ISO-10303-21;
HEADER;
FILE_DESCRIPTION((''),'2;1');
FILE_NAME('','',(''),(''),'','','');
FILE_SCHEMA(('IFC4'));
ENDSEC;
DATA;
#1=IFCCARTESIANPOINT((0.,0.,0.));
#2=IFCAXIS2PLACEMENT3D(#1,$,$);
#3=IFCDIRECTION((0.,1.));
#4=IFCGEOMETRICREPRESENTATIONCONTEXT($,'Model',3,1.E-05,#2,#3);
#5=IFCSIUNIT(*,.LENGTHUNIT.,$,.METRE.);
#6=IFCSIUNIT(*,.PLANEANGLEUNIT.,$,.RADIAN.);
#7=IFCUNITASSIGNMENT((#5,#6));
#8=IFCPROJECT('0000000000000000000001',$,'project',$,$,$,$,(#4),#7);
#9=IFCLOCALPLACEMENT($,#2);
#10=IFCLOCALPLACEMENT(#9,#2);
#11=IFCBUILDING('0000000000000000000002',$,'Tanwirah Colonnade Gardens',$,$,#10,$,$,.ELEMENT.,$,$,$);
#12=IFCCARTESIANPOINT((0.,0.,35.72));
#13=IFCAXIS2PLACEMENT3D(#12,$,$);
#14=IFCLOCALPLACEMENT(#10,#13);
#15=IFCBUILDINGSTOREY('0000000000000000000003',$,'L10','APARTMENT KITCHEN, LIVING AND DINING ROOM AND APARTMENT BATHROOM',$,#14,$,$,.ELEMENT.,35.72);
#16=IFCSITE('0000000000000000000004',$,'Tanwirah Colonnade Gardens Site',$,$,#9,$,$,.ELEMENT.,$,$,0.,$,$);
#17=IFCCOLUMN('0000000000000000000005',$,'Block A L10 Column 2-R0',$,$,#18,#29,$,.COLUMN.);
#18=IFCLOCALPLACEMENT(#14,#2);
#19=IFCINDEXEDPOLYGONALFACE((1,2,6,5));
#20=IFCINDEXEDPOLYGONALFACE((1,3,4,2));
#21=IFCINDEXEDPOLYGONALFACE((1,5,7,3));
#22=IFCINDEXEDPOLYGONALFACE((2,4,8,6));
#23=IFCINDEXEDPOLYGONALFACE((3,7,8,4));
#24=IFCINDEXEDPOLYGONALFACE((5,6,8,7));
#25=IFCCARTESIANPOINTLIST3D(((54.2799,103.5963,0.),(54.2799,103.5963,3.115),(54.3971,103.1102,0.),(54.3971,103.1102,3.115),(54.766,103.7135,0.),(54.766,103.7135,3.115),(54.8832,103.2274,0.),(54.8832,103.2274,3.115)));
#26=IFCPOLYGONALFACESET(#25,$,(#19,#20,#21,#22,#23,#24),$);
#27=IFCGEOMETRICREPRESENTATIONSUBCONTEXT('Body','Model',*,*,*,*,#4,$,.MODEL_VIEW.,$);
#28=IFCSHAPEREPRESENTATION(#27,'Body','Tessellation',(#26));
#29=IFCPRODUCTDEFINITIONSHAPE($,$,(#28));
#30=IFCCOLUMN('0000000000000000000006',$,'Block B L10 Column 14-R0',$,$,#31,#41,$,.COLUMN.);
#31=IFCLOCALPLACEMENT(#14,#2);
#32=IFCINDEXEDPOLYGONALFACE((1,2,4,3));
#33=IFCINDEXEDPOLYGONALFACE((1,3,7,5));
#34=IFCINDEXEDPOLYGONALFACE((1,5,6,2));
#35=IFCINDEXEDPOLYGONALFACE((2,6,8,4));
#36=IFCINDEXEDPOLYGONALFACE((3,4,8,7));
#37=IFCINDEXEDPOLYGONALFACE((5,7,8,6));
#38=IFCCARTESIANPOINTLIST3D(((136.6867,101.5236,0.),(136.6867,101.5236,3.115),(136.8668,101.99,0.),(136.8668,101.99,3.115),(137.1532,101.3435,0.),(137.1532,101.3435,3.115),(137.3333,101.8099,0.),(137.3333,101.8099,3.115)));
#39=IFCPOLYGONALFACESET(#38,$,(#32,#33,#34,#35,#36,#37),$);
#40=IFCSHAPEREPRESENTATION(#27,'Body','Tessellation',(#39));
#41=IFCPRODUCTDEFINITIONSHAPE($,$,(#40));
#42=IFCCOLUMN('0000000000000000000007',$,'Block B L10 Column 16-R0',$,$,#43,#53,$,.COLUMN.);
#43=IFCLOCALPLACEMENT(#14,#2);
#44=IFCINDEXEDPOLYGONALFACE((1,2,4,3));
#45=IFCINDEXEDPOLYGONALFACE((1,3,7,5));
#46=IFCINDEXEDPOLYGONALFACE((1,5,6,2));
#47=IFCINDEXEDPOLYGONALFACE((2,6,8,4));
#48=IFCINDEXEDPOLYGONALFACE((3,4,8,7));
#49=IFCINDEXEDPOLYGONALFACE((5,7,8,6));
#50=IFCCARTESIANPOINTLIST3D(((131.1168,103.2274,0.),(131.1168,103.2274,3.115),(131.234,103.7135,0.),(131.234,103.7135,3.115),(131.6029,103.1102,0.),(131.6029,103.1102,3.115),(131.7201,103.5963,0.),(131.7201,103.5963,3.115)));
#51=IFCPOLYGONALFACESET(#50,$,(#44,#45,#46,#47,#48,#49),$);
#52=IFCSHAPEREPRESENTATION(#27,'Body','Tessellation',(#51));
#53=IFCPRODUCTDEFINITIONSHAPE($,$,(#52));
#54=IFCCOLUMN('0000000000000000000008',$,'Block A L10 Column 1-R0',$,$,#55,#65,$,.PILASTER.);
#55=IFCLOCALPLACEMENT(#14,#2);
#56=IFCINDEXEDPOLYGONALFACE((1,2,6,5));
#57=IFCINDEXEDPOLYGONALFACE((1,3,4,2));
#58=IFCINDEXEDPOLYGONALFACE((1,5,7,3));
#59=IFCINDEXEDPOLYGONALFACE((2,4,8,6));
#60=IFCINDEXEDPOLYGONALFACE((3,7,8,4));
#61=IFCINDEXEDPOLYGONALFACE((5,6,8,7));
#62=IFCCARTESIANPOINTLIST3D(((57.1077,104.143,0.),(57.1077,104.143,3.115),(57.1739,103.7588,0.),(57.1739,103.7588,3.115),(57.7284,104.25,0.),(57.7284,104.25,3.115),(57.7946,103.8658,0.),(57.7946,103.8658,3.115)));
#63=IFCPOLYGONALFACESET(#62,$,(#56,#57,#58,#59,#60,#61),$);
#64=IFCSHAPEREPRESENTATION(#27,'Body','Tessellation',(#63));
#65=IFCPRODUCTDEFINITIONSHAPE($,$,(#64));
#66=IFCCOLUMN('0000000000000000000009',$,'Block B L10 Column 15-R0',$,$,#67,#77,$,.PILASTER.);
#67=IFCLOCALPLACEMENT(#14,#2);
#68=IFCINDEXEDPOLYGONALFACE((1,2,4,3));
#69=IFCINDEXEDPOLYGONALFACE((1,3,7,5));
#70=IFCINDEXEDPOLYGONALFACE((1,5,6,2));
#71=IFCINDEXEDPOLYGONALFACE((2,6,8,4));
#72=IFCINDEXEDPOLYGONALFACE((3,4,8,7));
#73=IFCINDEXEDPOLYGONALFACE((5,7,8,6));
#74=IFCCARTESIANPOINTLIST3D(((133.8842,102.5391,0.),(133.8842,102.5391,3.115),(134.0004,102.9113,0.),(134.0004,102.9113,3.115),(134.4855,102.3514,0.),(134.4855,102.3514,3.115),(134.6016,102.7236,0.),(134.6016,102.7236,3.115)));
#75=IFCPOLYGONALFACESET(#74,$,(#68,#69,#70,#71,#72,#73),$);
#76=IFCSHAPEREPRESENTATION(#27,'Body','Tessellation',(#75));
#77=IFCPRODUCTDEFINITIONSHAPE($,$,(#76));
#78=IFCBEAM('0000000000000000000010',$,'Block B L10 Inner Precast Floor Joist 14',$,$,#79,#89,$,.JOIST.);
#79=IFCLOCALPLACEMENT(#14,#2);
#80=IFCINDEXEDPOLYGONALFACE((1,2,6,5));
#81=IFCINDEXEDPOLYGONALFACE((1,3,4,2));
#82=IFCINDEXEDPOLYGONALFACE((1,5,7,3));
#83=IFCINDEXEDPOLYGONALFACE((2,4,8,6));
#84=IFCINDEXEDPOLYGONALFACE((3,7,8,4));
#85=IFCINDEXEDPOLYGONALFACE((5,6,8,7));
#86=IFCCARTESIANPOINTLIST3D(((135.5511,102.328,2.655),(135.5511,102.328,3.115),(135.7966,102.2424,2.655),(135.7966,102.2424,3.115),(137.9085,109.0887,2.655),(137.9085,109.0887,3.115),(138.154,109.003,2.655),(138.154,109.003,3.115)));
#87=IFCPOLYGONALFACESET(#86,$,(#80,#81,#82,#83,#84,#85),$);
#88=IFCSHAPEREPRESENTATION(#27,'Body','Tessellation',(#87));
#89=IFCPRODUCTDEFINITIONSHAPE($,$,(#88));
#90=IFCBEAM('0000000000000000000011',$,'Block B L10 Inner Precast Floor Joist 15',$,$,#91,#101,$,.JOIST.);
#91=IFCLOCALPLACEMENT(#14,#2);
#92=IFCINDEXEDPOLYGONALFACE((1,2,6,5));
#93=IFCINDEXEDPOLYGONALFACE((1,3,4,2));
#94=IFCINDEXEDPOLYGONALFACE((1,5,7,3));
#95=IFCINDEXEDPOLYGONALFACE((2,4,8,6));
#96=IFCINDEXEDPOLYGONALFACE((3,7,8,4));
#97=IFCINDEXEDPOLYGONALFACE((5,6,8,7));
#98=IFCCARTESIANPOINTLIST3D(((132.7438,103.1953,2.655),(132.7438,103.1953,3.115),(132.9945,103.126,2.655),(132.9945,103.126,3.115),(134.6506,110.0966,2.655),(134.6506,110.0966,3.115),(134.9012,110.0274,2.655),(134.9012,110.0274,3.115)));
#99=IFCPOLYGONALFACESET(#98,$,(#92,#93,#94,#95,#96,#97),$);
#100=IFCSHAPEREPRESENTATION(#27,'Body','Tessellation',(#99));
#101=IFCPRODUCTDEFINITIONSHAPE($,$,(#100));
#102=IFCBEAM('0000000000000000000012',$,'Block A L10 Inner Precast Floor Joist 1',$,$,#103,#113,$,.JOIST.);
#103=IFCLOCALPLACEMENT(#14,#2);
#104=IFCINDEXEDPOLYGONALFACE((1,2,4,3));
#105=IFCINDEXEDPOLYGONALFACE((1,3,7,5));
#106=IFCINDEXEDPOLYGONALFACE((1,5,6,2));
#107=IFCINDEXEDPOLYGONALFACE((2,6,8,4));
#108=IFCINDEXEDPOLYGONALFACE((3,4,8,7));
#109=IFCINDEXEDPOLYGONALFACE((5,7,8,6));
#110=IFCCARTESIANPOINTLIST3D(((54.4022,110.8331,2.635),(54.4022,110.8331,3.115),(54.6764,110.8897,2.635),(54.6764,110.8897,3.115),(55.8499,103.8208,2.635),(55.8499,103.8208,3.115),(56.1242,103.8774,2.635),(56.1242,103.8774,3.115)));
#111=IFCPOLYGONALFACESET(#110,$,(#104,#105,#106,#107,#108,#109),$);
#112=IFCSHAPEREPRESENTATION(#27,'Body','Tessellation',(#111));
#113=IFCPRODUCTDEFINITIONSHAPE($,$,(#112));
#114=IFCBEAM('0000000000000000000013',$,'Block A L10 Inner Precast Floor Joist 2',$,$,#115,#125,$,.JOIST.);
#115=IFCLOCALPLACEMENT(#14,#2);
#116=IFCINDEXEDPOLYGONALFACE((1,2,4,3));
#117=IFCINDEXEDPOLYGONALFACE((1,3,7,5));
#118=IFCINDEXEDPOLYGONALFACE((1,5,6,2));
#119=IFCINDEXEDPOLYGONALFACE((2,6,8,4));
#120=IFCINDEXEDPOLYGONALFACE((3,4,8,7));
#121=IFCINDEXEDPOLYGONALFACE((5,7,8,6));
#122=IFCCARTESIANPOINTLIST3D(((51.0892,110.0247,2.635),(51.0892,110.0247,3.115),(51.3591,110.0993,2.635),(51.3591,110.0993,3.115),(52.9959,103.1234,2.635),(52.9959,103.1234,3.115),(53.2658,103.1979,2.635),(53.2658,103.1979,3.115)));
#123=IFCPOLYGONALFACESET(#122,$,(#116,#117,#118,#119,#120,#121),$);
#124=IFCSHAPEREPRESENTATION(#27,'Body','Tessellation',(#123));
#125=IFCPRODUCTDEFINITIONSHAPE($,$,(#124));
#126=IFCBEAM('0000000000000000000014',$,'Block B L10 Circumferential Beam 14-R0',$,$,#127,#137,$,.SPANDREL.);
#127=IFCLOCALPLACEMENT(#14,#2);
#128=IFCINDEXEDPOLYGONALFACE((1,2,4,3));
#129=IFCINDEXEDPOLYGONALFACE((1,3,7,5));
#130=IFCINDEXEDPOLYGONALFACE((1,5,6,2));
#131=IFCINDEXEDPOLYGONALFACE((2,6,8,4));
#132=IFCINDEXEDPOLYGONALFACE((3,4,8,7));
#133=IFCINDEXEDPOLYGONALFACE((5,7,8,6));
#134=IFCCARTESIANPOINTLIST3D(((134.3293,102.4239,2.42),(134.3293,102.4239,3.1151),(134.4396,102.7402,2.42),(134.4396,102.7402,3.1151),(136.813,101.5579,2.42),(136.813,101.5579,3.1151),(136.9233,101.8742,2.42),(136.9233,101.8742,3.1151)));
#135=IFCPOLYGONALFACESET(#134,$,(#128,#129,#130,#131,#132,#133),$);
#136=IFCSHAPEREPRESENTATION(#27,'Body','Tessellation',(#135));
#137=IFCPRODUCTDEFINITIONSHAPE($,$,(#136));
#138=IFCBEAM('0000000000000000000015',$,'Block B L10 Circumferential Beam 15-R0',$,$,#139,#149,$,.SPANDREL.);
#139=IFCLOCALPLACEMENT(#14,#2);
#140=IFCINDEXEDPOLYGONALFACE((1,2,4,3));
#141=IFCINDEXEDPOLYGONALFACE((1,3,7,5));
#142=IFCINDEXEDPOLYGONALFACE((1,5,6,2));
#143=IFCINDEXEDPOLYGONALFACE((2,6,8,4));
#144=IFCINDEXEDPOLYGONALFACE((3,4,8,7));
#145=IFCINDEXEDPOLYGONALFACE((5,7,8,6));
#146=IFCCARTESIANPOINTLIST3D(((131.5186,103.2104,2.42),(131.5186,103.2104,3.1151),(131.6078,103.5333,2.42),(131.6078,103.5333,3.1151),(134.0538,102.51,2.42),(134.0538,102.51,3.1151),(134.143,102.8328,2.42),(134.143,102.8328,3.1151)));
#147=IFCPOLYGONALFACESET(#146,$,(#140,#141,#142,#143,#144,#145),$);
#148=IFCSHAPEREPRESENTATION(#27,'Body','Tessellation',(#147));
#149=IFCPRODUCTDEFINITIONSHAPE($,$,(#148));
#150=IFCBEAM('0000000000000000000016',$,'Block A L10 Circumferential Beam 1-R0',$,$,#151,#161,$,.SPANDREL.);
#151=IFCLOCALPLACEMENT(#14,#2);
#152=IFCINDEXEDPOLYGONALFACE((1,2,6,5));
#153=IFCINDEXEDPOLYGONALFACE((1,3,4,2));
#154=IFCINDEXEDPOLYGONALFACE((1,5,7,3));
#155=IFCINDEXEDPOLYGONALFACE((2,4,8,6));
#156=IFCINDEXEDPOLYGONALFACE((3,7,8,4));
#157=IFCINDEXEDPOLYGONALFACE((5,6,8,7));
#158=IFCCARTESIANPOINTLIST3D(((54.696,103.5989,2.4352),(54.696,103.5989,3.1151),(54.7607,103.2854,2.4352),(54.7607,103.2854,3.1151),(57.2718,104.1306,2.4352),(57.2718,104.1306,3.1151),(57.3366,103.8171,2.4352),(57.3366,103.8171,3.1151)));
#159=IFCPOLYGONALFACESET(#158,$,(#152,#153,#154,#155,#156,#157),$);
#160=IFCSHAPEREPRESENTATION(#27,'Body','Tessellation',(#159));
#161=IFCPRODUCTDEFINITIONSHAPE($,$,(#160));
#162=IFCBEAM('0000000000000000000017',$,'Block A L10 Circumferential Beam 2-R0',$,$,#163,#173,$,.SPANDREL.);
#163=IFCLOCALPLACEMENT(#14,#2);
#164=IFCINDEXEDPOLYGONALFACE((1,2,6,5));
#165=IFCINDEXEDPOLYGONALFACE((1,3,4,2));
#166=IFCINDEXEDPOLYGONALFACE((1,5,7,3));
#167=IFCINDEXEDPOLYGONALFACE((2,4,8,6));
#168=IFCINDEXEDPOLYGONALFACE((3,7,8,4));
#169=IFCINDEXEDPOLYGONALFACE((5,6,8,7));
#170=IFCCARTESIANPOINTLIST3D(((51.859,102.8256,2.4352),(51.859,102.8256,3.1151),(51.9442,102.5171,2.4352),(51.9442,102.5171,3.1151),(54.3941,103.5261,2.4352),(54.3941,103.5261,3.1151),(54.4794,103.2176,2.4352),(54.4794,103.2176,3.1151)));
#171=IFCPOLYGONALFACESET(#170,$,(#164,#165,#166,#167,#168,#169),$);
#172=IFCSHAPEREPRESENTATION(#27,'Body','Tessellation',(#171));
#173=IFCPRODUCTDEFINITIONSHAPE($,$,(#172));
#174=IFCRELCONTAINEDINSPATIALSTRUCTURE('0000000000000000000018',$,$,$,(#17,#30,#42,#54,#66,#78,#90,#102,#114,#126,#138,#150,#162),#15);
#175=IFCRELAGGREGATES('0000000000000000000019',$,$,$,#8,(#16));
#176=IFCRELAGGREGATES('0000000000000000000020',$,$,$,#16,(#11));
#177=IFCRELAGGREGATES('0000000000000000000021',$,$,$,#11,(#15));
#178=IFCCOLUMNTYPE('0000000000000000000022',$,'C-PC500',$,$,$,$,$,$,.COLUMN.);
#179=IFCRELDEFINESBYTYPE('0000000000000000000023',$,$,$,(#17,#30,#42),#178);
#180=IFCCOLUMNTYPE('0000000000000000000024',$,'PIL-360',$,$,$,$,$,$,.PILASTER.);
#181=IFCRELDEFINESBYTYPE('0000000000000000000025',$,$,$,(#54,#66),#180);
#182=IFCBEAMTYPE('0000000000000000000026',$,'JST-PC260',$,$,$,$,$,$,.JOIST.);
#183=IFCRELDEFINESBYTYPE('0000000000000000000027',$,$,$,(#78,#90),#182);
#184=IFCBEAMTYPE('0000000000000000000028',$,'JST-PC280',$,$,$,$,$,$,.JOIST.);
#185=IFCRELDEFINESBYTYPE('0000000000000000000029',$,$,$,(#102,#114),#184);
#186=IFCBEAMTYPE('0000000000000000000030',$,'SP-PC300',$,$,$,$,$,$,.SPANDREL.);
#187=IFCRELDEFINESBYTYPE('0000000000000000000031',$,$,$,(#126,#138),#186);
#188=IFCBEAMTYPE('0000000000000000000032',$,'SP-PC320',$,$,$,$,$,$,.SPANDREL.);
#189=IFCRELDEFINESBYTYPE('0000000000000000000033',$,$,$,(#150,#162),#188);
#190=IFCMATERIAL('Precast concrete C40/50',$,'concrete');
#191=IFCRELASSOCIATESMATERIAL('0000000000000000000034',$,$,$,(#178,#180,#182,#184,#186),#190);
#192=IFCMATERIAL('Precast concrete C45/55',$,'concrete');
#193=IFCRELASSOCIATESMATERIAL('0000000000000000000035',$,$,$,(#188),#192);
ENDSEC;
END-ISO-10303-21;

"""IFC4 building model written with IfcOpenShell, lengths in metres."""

from ifc_helpers import new_model, si_unit, direction, frame, origin, origin_2d, place, context, subcontext, project, spatial, rectangle, extrude, material, material_profile, profile_set, type_object, element, save


model = new_model("IFC4")

# Units and contexts
model_context = context("Model", 3, precision=1e-05, world=origin(), true_north=direction((0.0, 1.0)))
body_context = subcontext(model_context, "Body", "Model", "MODEL_VIEW")
ifc_project = project(units=[si_unit("LENGTHUNIT", "METRE"), si_unit("PLANEANGLEUNIT", "RADIAN")], contexts=[model_context])

# Site, building, storey
site_placement = place(None, origin())
site = spatial("IfcSite", under=ifc_project, at=site_placement, Name="Tanwirah Colonnade Gardens Site", CompositionType="ELEMENT", RefElevation=0.0)
building_placement = place(site_placement, origin())
building = spatial("IfcBuilding", under=site, at=building_placement, Name="Tanwirah Colonnade Gardens", CompositionType="ELEMENT")
storey_placement = place(building_placement, frame((0.0, 0.0, 35.72)))
storey = spatial("IfcBuildingStorey", under=building, at=storey_placement, Name="L10", Description="APARTMENT KITCHEN, LIVING AND DINING ROOM AND APARTMENT BATHROOM", CompositionType="ELEMENT", Elevation=35.72)

# Columns
ifc_material_1 = material(Name="Precast concrete C40/50", Category="concrete")
ifc_material_profile_1 = material_profile(ifc_material_1, rectangle(XDim=0.5, YDim=0.5, at=origin_2d()), Name="PC-COL 500x500")
ifc_profile_set_1 = profile_set([ifc_material_profile_1], Name="Precast concrete C40/50")
column_type_1 = type_object("IfcColumnType", Name="C-PC500", PredefinedType="COLUMN", material=ifc_profile_set_1)
for number, where, z_axis, x_axis, name in (
    (1, (54.5815, 103.4119, 0.0), (0.0, 0.0, 1.0), (-0.234388, 0.972143, 0.0), "Block A L10 Column 2-R0"),
    (2, (137.01, 101.6667, 0.0), (0.0, 0.0, 1.0), (0.360178, 0.932884, 0.0), "Block B L10 Column 14-R0"),
    (3, (131.4185, 103.4119, 0.0), (0.0, 0.0, 1.0), (0.234388, 0.972143, 0.0), "Block B L10 Column 16-R0"),
):
    element("IfcColumn", number, at=place(storey_placement, frame(where, z_axis=z_axis, x_axis=x_axis)), inside=storey, type_object=column_type_1, Name=name, PredefinedType="COLUMN", context=body_context, shape_type="SweptSolid", body=[
        extrude(rectangle(XDim=0.5, YDim=0.5, at=origin_2d()), origin(), (0.0, 0.0, 1.0), 3.115),
    ])
ifc_material_profile_2 = material_profile(ifc_material_1, rectangle(XDim=0.3899, YDim=0.6299, at=origin_2d()), Name="PC-PIL 390x630")
ifc_profile_set_2 = profile_set([ifc_material_profile_2], Name="Precast concrete C40/50")
column_type_2 = type_object("IfcColumnType", Name="PIL-360", PredefinedType="PILASTER", material=ifc_profile_set_2)
for number, where, z_axis, x_axis, name in (
    (4, (57.4512, 104.0044, 0.0), (0.0, 0.0, 1.0), (-0.169827, 0.985474, 0.0), "Block A L10 Column 1-R0"),
    (5, (134.2429, 102.6313, 0.0), (0.0, 0.0, 1.0), (0.29793, 0.954588, 0.0), "Block B L10 Column 15-R0"),
):
    element("IfcColumn", number, at=place(storey_placement, frame(where, z_axis=z_axis, x_axis=x_axis)), inside=storey, type_object=column_type_2, Name=name, PredefinedType="PILASTER", context=body_context, shape_type="SweptSolid", body=[
        extrude(rectangle(XDim=0.3899, YDim=0.6299, at=origin_2d()), origin(), (0.0, 0.0, 1.0), 3.115),
    ])

# Beams
ifc_material_profile_3 = material_profile(ifc_material_1, rectangle(XDim=0.26, YDim=0.46, at=origin_2d()), Name="PC-JST 260x460")
ifc_profile_set_3 = profile_set([ifc_material_profile_3], Name="Precast concrete C40/50")
beam_type_1 = type_object("IfcBeamType", Name="JST-PC260", PredefinedType="JOIST", material=ifc_profile_set_3)
for number, where, z_axis, x_axis, name in (
    (6, (135.6738, 102.2852, 2.885), (0.329251, 0.944243, 0.0), (-0.944243, 0.329251, 0.0), "Block B L10 Inner Precast Floor Joist 14"),
    (7, (132.8691, 103.1606, 2.885), (0.266307, 0.963888, 0.0), (-0.963888, 0.266307, 0.0), "Block B L10 Inner Precast Floor Joist 15"),
):
    element("IfcBeam", number, at=place(storey_placement, frame(where, z_axis=z_axis, x_axis=x_axis)), inside=storey, type_object=beam_type_1, Name=name, PredefinedType="JOIST", context=body_context, shape_type="SweptSolid", body=[
        extrude(rectangle(XDim=0.26, YDim=0.46, at=origin_2d()), origin(), (0.0, 0.0, 1.0), 7.1599),
    ])
ifc_material_profile_4 = material_profile(ifc_material_1, rectangle(XDim=0.28, YDim=0.48, at=origin_2d()), Name="PC-JST 280x480")
ifc_profile_set_4 = profile_set([ifc_material_profile_4], Name="Precast concrete C40/50")
beam_type_2 = type_object("IfcBeamType", Name="JST-PC280", PredefinedType="JOIST", material=ifc_profile_set_4)
beam_1_placement = place(storey_placement, frame((55.9871, 103.8491, 2.875), z_axis=(-0.202197, 0.979345, 0.0), x_axis=(-0.979345, -0.202197, 0.0)))
element("IfcBeam", 8, at=beam_1_placement, inside=storey, type_object=beam_type_2, Name="Block A L10 Inner Precast Floor Joist 1", PredefinedType="JOIST", context=body_context, shape_type="SweptSolid", body=[
    extrude(rectangle(XDim=0.28, YDim=0.48, at=origin_2d()), origin(), (0.0, 0.0, 1.0), 7.1602),
])
beam_2_placement = place(storey_placement, frame((53.1309, 103.1606, 2.875), z_axis=(-0.266307, 0.963888, 0.0), x_axis=(-0.963888, -0.266307, 0.0)))
element("IfcBeam", 9, at=beam_2_placement, inside=storey, type_object=beam_type_2, Name="Block A L10 Inner Precast Floor Joist 2", PredefinedType="JOIST", context=body_context, shape_type="SweptSolid", body=[
    extrude(rectangle(XDim=0.28, YDim=0.48, at=origin_2d()), origin(), (0.0, 0.0, 1.0), 7.1599),
])
ifc_material_profile_5 = material_profile(ifc_material_1, rectangle(XDim=0.335, YDim=0.6951, at=origin_2d()), Name="PC-SP 335x695")
ifc_profile_set_5 = profile_set([ifc_material_profile_5], Name="Precast concrete C40/50")
beam_type_3 = type_object("IfcBeamType", Name="SP-PC300", PredefinedType="SPANDREL", material=ifc_profile_set_5)
beam_3_placement = place(storey_placement, frame((136.8682, 101.7161, 2.7676), z_axis=(-0.94425, 0.32923, 0.0), x_axis=(-0.32923, -0.94425, 0.0)))
element("IfcBeam", 10, at=beam_3_placement, inside=storey, type_object=beam_type_3, Name="Block B L10 Circumferential Beam 14-R0", PredefinedType="SPANDREL", context=body_context, shape_type="SweptSolid", body=[
    extrude(rectangle(XDim=0.335, YDim=0.6951, at=origin_2d()), origin(), (0.0, 0.0, 1.0), 2.6304),
])
beam_4_placement = place(storey_placement, frame((134.0984, 102.6714, 2.7676), z_axis=(-0.963887, 0.266313, 0.0), x_axis=(-0.266313, -0.963887, 0.0)))
element("IfcBeam", 11, at=beam_4_placement, inside=storey, type_object=beam_type_3, Name="Block B L10 Circumferential Beam 15-R0", PredefinedType="SPANDREL", context=body_context, shape_type="SweptSolid", body=[
    extrude(rectangle(XDim=0.335, YDim=0.6951, at=origin_2d()), origin(), (0.0, 0.0, 1.0), 2.6301),
])
ifc_material_2 = material(Name="Precast concrete C45/55", Category="concrete")
ifc_material_profile_6 = material_profile(ifc_material_2, rectangle(XDim=0.3201, YDim=0.6799, at=origin_2d()), Name="PC-SP 320x680")
ifc_profile_set_6 = profile_set([ifc_material_profile_6], Name="Precast concrete C45/55")
beam_type_4 = type_object("IfcBeamType", Name="SP-PC320", PredefinedType="SPANDREL", material=ifc_profile_set_6)
for number, where, z_axis, x_axis, name in (
    (12, (57.3042, 103.9739, 2.7751), (-0.979352, -0.202164, 0.0), (0.202164, -0.979352, 0.0), "Block A L10 Circumferential Beam 1-R0"),
    (13, (54.4368, 103.3718, 2.7751), (-0.963887, -0.266313, 0.0), (0.266313, -0.963887, 0.0), "Block A L10 Circumferential Beam 2-R0"),
):
    element("IfcBeam", number, at=place(storey_placement, frame(where, z_axis=z_axis, x_axis=x_axis)), inside=storey, type_object=beam_type_4, Name=name, PredefinedType="SPANDREL", context=body_context, shape_type="SweptSolid", body=[
        extrude(rectangle(XDim=0.3201, YDim=0.6799, at=origin_2d()), origin(), (0.0, 0.0, 1.0), 2.6301),
    ])

save(model, "model.ifc")
